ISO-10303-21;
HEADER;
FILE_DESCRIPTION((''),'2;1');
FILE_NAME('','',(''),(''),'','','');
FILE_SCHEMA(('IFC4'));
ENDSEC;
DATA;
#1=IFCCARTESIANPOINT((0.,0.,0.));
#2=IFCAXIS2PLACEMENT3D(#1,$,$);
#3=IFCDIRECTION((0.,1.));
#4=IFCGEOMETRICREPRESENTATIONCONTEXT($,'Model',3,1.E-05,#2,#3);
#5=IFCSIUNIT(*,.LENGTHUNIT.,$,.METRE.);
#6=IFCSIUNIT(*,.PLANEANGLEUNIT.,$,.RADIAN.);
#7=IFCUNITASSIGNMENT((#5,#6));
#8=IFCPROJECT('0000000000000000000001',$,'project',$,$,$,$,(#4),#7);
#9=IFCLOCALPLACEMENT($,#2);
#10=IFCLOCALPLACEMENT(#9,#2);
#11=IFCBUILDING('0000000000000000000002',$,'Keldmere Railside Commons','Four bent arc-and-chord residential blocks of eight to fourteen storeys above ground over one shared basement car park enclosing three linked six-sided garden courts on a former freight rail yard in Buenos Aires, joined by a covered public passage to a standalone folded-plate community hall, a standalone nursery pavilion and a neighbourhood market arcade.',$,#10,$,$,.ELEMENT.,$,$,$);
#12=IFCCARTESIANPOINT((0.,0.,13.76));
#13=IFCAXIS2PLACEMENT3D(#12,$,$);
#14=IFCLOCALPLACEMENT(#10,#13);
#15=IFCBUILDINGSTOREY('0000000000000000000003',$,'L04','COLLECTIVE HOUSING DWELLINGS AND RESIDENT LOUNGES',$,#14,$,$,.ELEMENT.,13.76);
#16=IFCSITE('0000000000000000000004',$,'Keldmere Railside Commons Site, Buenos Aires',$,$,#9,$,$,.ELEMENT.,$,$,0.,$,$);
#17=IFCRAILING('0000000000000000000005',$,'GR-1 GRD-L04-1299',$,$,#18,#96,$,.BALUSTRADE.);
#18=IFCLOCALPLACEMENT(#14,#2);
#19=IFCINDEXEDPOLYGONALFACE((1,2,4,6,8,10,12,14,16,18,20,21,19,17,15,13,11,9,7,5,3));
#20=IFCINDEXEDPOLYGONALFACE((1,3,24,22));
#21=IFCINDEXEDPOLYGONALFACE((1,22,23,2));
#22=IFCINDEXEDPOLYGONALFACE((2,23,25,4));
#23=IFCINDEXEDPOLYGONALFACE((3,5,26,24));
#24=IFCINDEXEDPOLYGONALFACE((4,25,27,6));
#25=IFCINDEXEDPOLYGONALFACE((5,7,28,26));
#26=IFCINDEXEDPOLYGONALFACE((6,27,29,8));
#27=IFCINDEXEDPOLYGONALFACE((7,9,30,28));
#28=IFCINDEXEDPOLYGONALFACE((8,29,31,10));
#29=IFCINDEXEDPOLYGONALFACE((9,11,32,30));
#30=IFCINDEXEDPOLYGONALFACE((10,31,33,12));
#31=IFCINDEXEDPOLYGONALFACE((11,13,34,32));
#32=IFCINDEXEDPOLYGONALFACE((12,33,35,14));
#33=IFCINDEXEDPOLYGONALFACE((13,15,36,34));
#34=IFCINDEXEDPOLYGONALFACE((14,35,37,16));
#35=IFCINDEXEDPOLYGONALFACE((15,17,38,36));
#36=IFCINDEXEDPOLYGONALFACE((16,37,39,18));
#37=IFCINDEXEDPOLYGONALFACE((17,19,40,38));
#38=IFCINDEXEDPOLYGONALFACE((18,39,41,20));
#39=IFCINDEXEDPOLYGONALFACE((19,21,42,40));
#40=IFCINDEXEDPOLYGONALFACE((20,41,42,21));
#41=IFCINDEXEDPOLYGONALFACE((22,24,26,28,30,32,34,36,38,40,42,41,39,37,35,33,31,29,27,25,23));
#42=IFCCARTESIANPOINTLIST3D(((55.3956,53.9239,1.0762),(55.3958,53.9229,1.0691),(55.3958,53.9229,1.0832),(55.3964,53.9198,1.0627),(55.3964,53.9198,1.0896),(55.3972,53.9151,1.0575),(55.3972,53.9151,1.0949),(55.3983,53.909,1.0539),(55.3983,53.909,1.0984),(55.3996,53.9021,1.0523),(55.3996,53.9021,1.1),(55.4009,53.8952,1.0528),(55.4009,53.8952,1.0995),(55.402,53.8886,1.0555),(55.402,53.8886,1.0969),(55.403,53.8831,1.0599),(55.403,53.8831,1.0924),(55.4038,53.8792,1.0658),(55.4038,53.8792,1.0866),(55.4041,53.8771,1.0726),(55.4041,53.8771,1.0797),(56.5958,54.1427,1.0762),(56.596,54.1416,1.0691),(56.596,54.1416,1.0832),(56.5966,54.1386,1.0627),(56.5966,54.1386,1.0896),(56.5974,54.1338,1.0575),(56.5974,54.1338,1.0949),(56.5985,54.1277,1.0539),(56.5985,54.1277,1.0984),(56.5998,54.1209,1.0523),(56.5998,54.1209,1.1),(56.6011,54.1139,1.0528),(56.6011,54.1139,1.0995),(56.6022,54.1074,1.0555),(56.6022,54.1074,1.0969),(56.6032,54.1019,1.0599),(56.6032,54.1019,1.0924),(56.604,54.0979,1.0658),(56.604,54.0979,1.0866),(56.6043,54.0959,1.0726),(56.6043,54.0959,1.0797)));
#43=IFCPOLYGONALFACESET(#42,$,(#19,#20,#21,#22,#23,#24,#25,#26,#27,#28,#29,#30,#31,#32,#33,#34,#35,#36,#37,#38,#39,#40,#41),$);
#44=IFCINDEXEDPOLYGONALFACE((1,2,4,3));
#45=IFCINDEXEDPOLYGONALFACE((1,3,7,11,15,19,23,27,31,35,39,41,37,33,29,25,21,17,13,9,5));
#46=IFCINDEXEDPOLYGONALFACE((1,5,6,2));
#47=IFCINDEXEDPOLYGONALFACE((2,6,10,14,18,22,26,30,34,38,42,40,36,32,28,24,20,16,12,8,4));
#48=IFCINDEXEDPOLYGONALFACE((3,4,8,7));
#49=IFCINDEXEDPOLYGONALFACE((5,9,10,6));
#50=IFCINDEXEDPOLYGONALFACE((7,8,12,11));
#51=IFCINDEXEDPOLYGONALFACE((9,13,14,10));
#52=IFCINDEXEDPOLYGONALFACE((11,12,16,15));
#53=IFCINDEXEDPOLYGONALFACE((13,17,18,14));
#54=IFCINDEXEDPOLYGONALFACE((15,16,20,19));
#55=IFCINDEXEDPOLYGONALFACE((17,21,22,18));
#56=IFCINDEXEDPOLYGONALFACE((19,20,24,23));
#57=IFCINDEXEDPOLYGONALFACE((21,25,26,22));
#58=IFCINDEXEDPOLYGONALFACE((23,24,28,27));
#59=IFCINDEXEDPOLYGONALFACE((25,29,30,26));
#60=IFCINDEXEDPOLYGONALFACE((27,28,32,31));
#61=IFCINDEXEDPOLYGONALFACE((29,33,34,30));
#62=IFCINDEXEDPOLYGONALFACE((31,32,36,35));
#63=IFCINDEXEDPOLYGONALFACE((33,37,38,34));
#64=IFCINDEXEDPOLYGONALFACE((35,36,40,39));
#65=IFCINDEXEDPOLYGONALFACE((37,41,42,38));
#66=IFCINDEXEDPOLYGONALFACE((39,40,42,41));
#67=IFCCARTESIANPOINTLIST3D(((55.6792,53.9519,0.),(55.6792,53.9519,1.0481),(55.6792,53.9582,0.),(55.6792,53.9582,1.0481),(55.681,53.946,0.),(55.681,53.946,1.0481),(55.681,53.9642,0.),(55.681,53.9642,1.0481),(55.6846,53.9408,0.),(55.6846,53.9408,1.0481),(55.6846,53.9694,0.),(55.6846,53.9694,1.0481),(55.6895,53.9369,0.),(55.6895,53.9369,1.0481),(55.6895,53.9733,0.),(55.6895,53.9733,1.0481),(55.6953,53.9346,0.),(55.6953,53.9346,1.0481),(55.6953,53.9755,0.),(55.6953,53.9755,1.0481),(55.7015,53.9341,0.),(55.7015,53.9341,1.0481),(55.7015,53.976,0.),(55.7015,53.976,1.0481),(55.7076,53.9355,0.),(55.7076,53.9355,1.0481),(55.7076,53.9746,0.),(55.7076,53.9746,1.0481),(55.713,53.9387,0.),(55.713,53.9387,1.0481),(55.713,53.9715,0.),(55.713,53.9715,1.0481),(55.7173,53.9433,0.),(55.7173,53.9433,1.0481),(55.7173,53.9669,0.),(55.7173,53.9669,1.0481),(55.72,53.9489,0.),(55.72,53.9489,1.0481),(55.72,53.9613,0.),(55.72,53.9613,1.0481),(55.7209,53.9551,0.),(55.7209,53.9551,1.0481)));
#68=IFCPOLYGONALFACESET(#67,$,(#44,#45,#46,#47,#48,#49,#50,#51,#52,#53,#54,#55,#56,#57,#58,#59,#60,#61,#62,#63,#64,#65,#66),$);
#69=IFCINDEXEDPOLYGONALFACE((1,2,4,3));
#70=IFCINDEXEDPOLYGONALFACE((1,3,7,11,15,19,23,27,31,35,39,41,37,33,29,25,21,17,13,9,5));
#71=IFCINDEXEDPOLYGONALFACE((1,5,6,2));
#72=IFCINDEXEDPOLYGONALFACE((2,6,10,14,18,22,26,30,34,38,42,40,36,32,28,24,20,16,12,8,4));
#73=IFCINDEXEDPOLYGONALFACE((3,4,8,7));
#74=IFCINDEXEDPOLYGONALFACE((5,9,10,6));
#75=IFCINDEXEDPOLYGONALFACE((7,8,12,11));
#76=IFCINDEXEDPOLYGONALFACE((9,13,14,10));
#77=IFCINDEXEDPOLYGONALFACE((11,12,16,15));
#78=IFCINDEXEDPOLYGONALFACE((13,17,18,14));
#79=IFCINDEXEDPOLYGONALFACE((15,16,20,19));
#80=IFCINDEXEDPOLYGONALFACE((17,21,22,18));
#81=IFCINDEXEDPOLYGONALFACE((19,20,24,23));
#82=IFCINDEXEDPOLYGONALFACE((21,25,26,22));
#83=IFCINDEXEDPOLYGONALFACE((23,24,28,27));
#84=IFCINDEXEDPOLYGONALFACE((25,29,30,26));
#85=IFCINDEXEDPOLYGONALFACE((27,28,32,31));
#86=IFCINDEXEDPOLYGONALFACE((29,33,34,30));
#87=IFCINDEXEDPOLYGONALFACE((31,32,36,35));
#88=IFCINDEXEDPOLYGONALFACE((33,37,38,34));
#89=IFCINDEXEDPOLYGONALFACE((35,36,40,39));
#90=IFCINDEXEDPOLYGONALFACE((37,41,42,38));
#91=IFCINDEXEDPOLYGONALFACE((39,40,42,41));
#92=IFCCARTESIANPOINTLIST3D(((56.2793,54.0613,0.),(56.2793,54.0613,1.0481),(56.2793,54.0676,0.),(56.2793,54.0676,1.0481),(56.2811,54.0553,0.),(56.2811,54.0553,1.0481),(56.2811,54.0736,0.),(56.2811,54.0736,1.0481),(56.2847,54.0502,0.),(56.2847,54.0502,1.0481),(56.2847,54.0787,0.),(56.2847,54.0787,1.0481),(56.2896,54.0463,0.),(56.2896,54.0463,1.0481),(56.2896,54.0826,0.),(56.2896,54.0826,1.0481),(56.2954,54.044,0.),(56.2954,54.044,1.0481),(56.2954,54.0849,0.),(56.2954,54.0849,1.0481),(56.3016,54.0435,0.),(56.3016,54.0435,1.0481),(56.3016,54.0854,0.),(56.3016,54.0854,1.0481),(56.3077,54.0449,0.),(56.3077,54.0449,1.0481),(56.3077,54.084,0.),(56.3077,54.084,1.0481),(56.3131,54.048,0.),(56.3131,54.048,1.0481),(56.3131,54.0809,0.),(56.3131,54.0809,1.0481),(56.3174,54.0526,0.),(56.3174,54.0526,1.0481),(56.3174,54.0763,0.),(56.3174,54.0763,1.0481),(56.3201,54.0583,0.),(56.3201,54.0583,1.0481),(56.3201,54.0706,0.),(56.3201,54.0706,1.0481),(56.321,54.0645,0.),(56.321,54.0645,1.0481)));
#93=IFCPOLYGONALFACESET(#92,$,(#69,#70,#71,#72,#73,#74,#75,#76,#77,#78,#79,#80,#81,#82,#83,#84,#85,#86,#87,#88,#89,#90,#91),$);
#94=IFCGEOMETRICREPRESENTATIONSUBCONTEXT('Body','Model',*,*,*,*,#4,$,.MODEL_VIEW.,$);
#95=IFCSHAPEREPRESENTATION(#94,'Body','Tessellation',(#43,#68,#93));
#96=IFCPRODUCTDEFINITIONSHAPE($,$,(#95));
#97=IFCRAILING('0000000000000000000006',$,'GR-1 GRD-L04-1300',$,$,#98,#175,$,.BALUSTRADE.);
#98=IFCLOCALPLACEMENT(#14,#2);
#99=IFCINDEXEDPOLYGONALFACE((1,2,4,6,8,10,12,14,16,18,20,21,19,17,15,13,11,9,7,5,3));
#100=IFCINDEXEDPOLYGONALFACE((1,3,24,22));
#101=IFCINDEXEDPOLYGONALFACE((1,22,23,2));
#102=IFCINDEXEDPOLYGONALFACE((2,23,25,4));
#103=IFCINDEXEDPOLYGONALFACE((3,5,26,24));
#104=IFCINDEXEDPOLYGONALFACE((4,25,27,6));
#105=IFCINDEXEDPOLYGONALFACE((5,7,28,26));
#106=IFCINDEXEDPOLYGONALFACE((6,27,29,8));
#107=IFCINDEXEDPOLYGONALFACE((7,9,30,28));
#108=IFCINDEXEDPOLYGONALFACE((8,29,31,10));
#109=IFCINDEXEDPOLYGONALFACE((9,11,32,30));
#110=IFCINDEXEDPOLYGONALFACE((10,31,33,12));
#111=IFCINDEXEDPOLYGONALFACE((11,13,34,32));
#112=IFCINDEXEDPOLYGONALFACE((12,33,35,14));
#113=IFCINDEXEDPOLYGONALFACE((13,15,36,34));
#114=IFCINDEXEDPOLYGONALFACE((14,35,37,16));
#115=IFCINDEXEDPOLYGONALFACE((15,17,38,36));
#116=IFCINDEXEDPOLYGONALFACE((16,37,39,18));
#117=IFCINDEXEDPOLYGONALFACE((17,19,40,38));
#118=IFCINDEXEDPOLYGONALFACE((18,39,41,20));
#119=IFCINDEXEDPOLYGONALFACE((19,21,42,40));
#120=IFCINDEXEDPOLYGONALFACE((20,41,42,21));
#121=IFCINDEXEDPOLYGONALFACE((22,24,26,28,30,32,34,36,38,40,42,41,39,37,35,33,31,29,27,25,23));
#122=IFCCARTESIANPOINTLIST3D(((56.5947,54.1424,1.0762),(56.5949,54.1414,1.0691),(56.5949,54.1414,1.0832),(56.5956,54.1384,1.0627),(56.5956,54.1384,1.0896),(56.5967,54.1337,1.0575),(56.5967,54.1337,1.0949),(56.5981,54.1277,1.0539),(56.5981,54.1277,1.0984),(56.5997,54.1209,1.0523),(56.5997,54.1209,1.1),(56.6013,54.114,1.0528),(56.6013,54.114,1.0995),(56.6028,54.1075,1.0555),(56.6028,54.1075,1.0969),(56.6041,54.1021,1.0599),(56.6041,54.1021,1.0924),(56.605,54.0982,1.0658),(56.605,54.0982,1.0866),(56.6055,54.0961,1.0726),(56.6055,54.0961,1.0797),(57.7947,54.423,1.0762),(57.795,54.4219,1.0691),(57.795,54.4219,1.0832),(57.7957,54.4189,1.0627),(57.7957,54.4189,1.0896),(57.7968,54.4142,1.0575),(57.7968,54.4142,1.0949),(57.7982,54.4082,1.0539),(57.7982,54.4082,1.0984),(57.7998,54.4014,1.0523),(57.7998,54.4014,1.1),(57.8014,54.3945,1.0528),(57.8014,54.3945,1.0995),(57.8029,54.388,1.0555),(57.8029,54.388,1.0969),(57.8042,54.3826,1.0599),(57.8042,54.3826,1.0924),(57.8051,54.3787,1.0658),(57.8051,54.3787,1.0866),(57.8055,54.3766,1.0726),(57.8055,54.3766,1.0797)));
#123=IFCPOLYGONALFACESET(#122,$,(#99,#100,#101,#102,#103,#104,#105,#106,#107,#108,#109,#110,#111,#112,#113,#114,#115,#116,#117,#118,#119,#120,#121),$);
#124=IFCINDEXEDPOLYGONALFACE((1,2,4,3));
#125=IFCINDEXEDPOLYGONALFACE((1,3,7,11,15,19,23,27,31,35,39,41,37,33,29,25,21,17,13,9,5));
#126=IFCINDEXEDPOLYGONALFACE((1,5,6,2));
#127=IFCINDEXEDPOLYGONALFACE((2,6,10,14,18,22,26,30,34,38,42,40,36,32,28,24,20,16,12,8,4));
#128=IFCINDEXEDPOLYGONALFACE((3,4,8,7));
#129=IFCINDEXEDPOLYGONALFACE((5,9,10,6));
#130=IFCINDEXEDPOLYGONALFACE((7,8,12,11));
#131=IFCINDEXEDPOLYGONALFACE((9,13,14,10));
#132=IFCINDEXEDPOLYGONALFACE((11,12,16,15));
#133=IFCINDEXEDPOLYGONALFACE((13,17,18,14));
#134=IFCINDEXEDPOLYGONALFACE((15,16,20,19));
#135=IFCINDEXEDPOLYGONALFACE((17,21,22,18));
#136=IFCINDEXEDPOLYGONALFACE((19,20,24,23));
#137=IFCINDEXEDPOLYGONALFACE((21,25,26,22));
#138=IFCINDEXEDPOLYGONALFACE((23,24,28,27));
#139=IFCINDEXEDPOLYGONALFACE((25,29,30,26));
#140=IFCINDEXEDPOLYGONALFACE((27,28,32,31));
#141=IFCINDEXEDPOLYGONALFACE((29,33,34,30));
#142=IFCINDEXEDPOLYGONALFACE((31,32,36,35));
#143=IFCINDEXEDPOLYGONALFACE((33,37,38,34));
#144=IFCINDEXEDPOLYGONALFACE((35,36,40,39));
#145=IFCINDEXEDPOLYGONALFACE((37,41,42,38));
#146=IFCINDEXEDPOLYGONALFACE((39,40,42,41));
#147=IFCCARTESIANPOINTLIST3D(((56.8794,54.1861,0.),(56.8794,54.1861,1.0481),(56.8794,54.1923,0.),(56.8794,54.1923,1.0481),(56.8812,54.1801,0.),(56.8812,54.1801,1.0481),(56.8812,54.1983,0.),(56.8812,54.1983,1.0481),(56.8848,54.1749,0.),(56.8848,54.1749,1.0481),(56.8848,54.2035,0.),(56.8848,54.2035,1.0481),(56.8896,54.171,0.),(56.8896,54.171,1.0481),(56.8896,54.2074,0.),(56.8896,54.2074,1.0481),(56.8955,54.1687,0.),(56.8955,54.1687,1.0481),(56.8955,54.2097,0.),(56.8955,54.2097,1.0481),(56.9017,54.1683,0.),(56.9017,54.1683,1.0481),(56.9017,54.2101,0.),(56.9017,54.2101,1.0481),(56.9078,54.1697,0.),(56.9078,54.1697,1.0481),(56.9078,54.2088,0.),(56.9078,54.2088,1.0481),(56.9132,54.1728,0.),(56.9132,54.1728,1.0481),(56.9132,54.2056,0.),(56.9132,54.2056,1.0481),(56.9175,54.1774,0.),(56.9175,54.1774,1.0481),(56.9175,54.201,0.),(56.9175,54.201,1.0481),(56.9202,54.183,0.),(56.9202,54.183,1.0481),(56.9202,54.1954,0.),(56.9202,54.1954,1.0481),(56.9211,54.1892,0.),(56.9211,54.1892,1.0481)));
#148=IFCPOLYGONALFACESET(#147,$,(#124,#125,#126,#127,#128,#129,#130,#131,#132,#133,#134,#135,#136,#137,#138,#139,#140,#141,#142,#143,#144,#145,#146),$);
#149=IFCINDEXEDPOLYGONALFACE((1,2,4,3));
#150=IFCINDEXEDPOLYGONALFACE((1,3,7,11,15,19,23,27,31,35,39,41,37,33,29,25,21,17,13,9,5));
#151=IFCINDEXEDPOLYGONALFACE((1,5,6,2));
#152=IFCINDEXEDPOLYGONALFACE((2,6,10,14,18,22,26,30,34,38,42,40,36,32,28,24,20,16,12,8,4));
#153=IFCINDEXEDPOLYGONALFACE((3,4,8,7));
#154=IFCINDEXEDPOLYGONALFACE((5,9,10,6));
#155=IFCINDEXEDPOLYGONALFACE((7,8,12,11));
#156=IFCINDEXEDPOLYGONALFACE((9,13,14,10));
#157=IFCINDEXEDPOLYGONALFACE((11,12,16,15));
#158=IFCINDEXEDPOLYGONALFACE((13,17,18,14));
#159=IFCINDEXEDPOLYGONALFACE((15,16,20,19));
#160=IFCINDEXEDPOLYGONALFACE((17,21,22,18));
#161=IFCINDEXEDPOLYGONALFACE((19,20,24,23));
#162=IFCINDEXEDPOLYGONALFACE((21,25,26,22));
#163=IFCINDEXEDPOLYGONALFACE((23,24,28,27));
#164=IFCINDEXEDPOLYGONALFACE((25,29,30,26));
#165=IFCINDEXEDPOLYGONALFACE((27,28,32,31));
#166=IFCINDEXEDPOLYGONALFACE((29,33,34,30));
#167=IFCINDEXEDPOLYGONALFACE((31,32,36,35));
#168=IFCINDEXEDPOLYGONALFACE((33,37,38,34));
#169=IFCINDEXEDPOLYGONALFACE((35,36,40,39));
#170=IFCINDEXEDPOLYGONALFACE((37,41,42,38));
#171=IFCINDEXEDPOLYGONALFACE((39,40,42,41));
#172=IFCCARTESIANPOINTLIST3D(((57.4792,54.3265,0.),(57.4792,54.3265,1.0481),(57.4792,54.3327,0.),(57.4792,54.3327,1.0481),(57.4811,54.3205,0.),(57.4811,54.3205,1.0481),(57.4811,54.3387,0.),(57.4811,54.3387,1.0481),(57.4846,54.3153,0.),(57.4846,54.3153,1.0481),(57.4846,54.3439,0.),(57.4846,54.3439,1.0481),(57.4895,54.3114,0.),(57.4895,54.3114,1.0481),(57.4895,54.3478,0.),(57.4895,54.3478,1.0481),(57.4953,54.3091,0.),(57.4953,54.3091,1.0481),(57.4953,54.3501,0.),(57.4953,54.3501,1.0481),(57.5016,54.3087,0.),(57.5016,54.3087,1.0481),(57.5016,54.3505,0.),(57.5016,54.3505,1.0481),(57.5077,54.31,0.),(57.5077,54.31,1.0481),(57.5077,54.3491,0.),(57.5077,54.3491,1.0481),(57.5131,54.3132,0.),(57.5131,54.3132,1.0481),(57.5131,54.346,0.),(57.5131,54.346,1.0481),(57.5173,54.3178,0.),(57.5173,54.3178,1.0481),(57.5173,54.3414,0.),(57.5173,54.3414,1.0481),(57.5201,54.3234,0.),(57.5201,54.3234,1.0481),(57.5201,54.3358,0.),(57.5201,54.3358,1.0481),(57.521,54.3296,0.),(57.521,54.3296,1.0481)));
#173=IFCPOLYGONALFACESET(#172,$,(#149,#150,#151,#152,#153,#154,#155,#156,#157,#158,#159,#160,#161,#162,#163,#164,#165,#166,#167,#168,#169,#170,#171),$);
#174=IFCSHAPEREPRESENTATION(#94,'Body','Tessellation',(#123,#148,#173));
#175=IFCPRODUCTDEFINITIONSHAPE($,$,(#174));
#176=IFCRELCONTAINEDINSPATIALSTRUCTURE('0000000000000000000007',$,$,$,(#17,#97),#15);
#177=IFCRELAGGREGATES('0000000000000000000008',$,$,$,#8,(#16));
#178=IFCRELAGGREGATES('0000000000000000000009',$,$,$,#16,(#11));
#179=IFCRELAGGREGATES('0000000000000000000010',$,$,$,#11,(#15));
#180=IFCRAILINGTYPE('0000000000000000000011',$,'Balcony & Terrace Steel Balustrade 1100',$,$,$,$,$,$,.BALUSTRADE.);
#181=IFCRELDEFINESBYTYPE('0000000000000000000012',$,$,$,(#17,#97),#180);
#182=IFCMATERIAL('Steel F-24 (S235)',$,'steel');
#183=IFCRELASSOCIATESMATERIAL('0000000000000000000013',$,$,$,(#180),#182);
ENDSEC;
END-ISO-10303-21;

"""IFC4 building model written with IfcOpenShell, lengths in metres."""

from ifc_helpers import new_model, si_unit, direction, frame, origin, origin_2d, place, context, subcontext, project, spatial, circle, extrude, material, type_object, element, save


model = new_model("IFC4")

# Units and contexts
model_context = context("Model", 3, precision=1e-05, world=origin(), true_north=direction((0.0, 1.0)))
body_context = subcontext(model_context, "Body", "Model", "MODEL_VIEW")
ifc_project = project(units=[si_unit("LENGTHUNIT", "METRE"), si_unit("PLANEANGLEUNIT", "RADIAN")], contexts=[model_context])

# Site, building, storey
site_placement = place(None, origin())
site = spatial("IfcSite", under=ifc_project, at=site_placement, Name="Keldmere Railside Commons Site, Buenos Aires", CompositionType="ELEMENT", RefElevation=0.0)
building_placement = place(site_placement, origin())
building = spatial("IfcBuilding", under=site, at=building_placement, Name="Keldmere Railside Commons", Description="Four bent arc-and-chord residential blocks of eight to fourteen storeys above ground over one shared basement car park enclosing three linked six-sided garden courts on a former freight rail yard in Buenos Aires, joined by a covered public passage to a standalone folded-plate community hall, a standalone nursery pavilion and a neighbourhood market arcade.", CompositionType="ELEMENT")
storey_placement = place(building_placement, frame((0.0, 0.0, 13.76)))
storey = spatial("IfcBuildingStorey", under=building, at=storey_placement, Name="L04", Description="COLLECTIVE HOUSING DWELLINGS AND RESIDENT LOUNGES", CompositionType="ELEMENT", Elevation=13.76)

# Shared definitions
ifc_material_1 = material(Name="Steel F-24 (S235)", Category="steel")

# Railings
railing_type = type_object("IfcRailingType", Name="Balcony & Terrace Steel Balustrade 1100", PredefinedType="BALUSTRADE", material=ifc_material_1)
railing_1_placement = place(storey_placement, frame((55.3999, 53.9004, 0.0)))
element("IfcRailing", 1, at=railing_1_placement, inside=storey, type_object=railing_type, Name="GR-1 GRD-L04-1299", PredefinedType="BALUSTRADE", context=body_context, shape_type="SweptSolid", body=[
    extrude(circle(Radius=0.0239, at=origin_2d()), frame((0.0, 0.0, 1.0762), z_axis=(0.983793, 0.179308, 0.0), x_axis=(-0.179308, 0.983793, 0.0)), (0.0, 0.0, 1.0), 1.22),
    extrude(circle(Radius=0.021, at=origin_2d()), frame((0.3, 0.0547, 0.0)), (0.0, 0.0, 1.0), 1.0481),
    extrude(circle(Radius=0.021, at=origin_2d()), frame((0.9001, 0.1641, 0.0)), (0.0, 0.0, 1.0), 1.0481),
])
railing_2_placement = place(storey_placement, frame((56.6001, 54.1191, 0.0)))
element("IfcRailing", 2, at=railing_2_placement, inside=storey, type_object=railing_type, Name="GR-1 GRD-L04-1300", PredefinedType="BALUSTRADE", context=body_context, shape_type="SweptSolid", body=[
    extrude(circle(Radius=0.0239, at=origin_2d()), frame((0.0, 0.0, 1.0762), z_axis=(0.973746, 0.227637, 0.0), x_axis=(-0.227637, 0.973746, 0.0)), (0.0, 0.0, 1.0), 1.2324),
    extrude(circle(Radius=0.021, at=origin_2d()), frame((0.3, 0.0701, 0.0)), (0.0, 0.0, 1.0), 1.0481),
    extrude(circle(Radius=0.021, at=origin_2d()), frame((0.8999, 0.2104, 0.0)), (0.0, 0.0, 1.0), 1.0481),
])

save(model, "model.ifc")
